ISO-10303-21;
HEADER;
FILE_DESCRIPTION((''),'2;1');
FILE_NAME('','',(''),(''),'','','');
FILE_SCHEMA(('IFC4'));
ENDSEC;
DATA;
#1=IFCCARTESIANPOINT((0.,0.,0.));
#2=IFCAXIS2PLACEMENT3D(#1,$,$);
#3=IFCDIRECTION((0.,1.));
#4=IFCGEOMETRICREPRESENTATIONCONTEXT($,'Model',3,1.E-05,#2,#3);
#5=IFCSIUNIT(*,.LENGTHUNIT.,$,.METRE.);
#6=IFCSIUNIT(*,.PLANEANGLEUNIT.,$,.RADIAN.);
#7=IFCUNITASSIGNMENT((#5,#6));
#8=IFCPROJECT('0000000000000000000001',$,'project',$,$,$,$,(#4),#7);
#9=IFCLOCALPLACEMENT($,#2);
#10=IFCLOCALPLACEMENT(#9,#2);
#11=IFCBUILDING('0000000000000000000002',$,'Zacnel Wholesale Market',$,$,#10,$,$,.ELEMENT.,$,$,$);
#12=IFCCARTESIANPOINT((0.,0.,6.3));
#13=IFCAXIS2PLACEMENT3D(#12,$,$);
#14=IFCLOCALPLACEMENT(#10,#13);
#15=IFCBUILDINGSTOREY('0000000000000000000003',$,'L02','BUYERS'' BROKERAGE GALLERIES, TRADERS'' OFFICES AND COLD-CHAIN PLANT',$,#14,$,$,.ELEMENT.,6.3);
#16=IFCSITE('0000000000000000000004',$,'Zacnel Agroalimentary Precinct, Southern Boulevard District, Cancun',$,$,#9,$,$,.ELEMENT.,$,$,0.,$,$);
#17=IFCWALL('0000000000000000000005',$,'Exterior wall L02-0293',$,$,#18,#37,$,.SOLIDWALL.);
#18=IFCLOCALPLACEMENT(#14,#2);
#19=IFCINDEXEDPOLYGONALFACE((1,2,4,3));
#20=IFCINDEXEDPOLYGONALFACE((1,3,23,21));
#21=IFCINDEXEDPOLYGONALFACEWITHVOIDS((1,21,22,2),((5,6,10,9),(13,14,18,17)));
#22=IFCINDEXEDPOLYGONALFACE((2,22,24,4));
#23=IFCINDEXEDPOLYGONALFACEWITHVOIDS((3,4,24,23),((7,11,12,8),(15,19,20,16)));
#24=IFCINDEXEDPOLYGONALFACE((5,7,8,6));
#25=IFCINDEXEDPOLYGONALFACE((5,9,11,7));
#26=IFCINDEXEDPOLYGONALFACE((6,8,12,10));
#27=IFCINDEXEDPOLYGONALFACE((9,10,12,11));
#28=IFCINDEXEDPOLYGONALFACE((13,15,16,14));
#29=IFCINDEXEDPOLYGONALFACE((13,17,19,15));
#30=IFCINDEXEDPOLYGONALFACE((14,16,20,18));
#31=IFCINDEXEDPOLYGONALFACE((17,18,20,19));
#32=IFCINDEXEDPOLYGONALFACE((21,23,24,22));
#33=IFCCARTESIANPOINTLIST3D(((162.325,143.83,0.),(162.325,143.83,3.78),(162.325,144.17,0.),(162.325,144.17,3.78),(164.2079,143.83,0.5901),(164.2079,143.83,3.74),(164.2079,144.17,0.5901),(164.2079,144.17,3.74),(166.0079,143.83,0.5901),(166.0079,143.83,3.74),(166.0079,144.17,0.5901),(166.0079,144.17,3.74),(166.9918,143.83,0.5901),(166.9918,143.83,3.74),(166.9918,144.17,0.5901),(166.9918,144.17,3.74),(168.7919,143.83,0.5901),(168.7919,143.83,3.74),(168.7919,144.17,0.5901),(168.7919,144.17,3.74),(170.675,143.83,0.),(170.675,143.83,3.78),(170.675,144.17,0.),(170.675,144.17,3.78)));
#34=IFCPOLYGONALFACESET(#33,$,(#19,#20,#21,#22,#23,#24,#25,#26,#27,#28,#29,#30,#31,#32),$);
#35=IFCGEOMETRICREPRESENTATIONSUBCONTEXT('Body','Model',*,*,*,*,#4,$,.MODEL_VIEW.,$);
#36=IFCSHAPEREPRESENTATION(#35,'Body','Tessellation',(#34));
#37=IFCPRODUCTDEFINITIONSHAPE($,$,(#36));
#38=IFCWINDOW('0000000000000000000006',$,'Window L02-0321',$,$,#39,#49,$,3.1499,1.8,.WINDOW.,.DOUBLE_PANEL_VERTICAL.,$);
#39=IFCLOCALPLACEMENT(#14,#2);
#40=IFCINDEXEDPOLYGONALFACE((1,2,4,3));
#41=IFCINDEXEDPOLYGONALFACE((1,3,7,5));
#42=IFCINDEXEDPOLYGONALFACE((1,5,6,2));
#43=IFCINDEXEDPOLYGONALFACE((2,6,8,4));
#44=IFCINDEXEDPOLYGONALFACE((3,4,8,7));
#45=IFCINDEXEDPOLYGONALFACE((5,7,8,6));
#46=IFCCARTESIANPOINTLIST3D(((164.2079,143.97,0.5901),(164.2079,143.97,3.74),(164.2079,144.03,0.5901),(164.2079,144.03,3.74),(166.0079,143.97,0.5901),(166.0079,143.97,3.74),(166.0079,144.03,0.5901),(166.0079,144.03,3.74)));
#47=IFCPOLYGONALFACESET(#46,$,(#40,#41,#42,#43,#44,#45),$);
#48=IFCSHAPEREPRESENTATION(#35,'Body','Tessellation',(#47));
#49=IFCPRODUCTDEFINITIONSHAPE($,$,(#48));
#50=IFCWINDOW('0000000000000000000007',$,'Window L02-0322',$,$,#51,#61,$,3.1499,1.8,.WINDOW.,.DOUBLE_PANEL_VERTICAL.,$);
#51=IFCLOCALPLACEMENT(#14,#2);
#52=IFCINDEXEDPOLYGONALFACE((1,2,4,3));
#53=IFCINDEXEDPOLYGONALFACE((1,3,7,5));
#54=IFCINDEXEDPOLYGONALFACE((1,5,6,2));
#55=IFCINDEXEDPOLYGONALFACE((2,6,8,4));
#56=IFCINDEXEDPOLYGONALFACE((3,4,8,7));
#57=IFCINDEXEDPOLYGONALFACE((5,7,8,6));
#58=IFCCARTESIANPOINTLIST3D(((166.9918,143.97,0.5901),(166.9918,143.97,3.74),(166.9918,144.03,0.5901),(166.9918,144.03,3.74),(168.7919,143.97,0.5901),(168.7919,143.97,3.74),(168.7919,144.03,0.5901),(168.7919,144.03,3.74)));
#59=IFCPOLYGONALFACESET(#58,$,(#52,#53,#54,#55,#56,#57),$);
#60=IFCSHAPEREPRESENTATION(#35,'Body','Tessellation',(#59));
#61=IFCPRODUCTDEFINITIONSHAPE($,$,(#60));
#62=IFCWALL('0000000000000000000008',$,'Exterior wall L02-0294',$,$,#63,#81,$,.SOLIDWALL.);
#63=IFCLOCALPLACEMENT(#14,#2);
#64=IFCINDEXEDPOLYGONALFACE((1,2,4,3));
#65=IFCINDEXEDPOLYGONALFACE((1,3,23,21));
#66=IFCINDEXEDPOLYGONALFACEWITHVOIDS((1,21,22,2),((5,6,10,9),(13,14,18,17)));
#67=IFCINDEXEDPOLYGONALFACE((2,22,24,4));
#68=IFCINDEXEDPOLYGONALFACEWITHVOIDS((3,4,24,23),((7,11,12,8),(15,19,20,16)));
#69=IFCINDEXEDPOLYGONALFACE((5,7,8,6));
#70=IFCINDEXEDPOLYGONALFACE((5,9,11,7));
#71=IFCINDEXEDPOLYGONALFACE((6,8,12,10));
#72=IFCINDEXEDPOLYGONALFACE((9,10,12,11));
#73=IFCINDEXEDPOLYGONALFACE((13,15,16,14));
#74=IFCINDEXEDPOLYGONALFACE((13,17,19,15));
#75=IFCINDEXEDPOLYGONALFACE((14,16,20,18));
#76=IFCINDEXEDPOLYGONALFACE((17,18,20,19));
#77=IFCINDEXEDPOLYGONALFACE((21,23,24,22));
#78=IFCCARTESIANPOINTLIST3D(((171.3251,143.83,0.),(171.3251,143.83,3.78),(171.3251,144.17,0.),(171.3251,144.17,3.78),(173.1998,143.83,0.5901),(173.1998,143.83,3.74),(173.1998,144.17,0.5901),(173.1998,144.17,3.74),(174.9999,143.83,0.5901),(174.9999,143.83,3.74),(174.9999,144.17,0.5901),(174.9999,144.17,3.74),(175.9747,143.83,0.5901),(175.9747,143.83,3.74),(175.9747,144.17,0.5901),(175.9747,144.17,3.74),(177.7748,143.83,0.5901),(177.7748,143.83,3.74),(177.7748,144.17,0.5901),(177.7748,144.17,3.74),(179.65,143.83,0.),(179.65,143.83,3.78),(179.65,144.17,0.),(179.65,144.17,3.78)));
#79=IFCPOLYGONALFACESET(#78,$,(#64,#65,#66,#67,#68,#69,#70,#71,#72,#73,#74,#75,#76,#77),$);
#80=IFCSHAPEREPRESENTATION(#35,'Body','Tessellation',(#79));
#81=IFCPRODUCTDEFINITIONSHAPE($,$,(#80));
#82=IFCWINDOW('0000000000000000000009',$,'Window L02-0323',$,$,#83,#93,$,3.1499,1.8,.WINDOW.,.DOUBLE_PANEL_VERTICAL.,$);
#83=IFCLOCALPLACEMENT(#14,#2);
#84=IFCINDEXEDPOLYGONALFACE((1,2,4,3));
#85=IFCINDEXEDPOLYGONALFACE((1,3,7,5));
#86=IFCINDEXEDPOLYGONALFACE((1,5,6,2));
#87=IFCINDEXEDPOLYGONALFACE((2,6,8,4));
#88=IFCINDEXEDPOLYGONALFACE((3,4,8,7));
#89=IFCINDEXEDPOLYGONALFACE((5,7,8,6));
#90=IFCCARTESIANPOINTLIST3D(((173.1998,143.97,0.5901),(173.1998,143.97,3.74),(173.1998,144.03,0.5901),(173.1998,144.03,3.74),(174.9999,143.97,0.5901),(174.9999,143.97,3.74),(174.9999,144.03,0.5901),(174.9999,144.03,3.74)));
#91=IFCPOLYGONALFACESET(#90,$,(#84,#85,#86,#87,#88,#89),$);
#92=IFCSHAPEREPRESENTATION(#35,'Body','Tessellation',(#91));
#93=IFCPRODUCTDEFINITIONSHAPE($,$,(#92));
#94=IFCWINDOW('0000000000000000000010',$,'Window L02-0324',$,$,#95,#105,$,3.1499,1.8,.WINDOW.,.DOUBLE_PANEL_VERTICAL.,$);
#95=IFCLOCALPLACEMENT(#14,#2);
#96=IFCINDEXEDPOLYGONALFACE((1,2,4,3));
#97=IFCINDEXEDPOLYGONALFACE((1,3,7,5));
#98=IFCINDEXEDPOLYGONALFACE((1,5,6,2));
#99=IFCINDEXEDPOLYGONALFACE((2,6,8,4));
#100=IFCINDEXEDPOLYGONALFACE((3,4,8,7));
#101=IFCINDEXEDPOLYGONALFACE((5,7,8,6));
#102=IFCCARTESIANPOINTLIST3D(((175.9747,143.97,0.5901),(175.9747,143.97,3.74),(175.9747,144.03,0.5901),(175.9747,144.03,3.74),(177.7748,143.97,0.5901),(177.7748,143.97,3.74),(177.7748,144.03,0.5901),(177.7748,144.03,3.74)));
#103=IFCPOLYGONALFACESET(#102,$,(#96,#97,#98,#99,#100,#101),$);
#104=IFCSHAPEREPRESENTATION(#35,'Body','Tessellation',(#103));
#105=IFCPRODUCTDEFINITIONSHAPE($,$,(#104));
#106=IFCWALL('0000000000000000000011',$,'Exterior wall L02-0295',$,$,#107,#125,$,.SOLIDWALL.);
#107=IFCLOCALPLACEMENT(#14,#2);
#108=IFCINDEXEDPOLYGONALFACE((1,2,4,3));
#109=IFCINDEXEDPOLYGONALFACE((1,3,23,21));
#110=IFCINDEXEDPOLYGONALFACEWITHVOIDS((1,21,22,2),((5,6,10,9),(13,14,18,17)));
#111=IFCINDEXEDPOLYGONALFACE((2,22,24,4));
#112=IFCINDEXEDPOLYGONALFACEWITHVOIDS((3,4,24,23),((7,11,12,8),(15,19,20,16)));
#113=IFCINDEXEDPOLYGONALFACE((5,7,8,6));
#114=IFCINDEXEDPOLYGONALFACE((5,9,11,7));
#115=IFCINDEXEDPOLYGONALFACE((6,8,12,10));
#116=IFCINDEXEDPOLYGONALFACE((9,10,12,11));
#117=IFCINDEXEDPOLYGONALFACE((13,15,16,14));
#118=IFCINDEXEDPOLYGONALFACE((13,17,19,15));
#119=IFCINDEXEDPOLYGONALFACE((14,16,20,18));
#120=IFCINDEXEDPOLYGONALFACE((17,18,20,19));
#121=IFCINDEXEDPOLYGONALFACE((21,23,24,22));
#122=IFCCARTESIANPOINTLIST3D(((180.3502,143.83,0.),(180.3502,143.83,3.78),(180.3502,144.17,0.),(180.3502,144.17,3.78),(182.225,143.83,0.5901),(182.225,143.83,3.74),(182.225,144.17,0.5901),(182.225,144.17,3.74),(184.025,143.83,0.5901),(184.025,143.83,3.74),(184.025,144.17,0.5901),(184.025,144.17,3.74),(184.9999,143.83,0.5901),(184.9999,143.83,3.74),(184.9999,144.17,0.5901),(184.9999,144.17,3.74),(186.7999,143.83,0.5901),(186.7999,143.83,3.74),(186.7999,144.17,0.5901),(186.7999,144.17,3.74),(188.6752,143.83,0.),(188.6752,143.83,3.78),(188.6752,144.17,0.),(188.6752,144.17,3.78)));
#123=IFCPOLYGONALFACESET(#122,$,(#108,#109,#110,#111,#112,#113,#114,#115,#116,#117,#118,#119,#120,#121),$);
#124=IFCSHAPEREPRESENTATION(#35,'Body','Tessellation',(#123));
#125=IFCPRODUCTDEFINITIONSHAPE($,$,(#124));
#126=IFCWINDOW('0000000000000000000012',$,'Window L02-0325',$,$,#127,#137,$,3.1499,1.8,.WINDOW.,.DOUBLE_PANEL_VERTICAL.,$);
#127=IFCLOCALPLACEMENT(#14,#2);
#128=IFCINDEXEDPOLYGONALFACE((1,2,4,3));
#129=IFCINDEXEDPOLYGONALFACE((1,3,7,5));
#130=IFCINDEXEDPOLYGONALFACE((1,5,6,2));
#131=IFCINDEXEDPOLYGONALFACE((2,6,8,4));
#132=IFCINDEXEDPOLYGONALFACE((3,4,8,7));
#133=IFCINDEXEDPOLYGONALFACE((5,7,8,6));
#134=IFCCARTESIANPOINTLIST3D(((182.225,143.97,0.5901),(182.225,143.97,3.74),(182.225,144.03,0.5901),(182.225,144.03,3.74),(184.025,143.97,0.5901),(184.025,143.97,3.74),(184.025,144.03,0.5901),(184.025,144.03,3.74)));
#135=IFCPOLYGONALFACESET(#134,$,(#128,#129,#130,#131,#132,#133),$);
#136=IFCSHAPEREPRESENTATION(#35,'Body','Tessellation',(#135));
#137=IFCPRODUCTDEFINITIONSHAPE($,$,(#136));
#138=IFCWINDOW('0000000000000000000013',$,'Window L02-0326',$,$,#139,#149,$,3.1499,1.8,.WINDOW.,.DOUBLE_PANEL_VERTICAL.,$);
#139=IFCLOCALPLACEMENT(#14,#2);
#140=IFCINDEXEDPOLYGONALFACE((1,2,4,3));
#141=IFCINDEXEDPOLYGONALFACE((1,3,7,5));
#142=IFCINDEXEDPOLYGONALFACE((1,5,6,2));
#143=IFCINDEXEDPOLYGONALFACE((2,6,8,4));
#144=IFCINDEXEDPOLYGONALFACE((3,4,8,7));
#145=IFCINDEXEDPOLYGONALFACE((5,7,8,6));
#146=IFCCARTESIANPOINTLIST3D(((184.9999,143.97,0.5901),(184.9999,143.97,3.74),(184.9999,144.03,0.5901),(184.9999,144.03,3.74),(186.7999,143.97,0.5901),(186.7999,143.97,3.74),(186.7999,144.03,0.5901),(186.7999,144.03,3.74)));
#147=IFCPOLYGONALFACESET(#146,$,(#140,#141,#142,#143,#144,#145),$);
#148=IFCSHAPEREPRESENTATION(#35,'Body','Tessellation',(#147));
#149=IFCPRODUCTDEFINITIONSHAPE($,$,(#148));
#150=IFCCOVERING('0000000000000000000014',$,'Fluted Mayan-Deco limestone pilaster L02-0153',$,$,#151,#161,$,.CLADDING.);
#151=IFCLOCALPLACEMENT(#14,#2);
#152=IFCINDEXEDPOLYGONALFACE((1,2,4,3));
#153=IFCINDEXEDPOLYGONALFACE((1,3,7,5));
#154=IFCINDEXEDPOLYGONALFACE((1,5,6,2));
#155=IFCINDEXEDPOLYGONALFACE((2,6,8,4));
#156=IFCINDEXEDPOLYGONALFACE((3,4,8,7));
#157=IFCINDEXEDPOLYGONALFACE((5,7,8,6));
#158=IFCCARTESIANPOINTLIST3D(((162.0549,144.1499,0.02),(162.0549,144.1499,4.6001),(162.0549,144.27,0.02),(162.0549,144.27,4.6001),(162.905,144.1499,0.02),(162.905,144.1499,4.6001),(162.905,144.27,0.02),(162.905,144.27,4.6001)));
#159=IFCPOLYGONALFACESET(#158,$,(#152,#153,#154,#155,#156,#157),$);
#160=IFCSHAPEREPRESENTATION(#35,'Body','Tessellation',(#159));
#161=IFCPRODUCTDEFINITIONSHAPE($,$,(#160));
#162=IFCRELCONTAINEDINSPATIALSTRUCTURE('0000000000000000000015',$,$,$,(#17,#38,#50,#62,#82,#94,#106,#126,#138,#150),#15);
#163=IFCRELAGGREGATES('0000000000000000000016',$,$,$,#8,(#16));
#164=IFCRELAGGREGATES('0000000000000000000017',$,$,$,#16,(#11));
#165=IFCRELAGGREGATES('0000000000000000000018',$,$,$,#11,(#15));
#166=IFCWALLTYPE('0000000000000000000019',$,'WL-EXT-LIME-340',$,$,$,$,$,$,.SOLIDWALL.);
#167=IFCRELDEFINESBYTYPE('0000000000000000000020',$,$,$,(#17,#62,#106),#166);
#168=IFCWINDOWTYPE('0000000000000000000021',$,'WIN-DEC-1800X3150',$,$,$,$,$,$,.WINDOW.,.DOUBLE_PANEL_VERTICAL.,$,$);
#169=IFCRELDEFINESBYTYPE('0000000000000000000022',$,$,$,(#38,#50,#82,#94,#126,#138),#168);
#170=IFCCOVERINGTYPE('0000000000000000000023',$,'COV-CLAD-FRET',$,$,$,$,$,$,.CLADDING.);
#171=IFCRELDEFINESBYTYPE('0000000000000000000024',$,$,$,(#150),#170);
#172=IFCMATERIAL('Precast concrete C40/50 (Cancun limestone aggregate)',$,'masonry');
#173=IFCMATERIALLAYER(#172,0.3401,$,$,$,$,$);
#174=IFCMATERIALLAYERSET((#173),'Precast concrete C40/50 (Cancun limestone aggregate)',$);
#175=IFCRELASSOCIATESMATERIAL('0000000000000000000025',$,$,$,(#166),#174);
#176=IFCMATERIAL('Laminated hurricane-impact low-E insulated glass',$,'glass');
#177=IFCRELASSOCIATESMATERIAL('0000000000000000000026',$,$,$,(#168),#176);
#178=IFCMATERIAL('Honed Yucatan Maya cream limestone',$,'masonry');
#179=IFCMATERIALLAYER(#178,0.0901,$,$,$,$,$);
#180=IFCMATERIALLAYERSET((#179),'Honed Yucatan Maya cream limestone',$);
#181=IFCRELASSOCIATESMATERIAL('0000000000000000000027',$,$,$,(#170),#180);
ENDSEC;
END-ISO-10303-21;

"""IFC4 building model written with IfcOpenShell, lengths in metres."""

from ifc_helpers import new_model, si_unit, direction, frame, frame_2d, origin, origin_2d, place, context, subcontext, project, spatial, rectangle, extrude, material, layer, layer_set, type_object, element, fill, save


model = new_model("IFC4")

# Units and contexts
model_context = context("Model", 3, precision=1e-05, world=origin(), true_north=direction((0.0, 1.0)))
body_context = subcontext(model_context, "Body", "Model", "MODEL_VIEW")
ifc_project = project(units=[si_unit("LENGTHUNIT", "METRE"), si_unit("PLANEANGLEUNIT", "RADIAN")], contexts=[model_context])

# Site, building, storey
site_placement = place(None, origin())
site = spatial("IfcSite", under=ifc_project, at=site_placement, Name="Zacnel Agroalimentary Precinct, Southern Boulevard District, Cancun", CompositionType="ELEMENT", RefElevation=0.0)
building_placement = place(site_placement, origin())
building = spatial("IfcBuilding", under=site, at=building_placement, Name="Zacnel Wholesale Market", CompositionType="ELEMENT")
storey_placement = place(building_placement, frame((0.0, 0.0, 6.3)))
storey = spatial("IfcBuildingStorey", under=building, at=storey_placement, Name="L02", Description="BUYERS' BROKERAGE GALLERIES, TRADERS' OFFICES AND COLD-CHAIN PLANT", CompositionType="ELEMENT", Elevation=6.3)

# Walls, openings, windows
ifc_material_1 = material(Name="Precast concrete C40/50 (Cancun limestone aggregate)", Category="masonry")
ifc_layer_1 = layer(ifc_material_1, 0.3401)
ifc_layer_set_1 = layer_set([ifc_layer_1], Name="Precast concrete C40/50 (Cancun limestone aggregate)")
wall_type_1 = type_object("IfcWallType", Name="WL-EXT-LIME-340", PredefinedType="SOLIDWALL", material=ifc_layer_set_1)
wall_1_placement = place(storey_placement, frame((162.325, 144.0, 0.0), z_axis=(0.0, 0.0, 1.0), x_axis=(1.0, 0.0, 0.0)))
wall_1 = element("IfcWall", 1, at=wall_1_placement, inside=storey, type_object=wall_type_1, Name="Exterior wall L02-0293", PredefinedType="SOLIDWALL", context=body_context, shape_type="SweptSolid", body=[
    extrude(rectangle(XDim=8.3501, YDim=0.3401, at=frame_2d((4.175, 0.0))), origin(), (0.0, 0.0, 1.0), 3.78),
])
opening_1_placement = place(wall_1_placement, frame((1.8831, 0.0, 0.5901)))
opening_1 = element("IfcOpeningElement", 2, at=opening_1_placement, cuts=wall_1, PredefinedType="OPENING", context=body_context, shape_type="SweptSolid", body=[
    extrude(rectangle(XDim=1.8, YDim=3.1499, at=frame_2d((0.8999, 1.575))), frame((0.0, 0.1799, 0.0), z_axis=(0.0, -1.0, 0.0), x_axis=(1.0, 0.0, 0.0)), (0.0, 0.0, 1.0), 0.3601),
])
opening_2_placement = place(wall_1_placement, frame((4.667, 0.0, 0.5901)))
opening_2 = element("IfcOpeningElement", 3, at=opening_2_placement, cuts=wall_1, PredefinedType="OPENING", context=body_context, shape_type="SweptSolid", body=[
    extrude(rectangle(XDim=1.8, YDim=3.1499, at=frame_2d((0.8999, 1.575))), frame((0.0, 0.1799, 0.0), z_axis=(0.0, -1.0, 0.0), x_axis=(1.0, 0.0, 0.0)), (0.0, 0.0, 1.0), 0.3601),
])
ifc_material_2 = material(Name="Laminated hurricane-impact low-E insulated glass", Category="glass")
window_type = type_object("IfcWindowType", Name="WIN-DEC-1800X3150", PartitioningType="DOUBLE_PANEL_VERTICAL", PredefinedType="WINDOW", material=ifc_material_2)
window_1_placement = place(opening_1_placement, origin())
window_1 = element("IfcWindow", 4, at=window_1_placement, inside=storey, type_object=window_type, Name="Window L02-0321", OverallHeight=3.1499, OverallWidth=1.8, PartitioningType="DOUBLE_PANEL_VERTICAL", PredefinedType="WINDOW", context=body_context, shape_type="SweptSolid", body=[
    extrude(rectangle(XDim=1.8, YDim=3.1499, at=frame_2d((0.8999, 1.575))), frame((0.0, 0.03, 0.0), z_axis=(0.0, -1.0, 0.0), x_axis=(1.0, 0.0, 0.0)), (0.0, 0.0, 1.0), 0.0601),
])
fill(opening_1, window_1)
window_2_placement = place(opening_2_placement, origin())
window_2 = element("IfcWindow", 5, at=window_2_placement, inside=storey, type_object=window_type, Name="Window L02-0322", OverallHeight=3.1499, OverallWidth=1.8, PartitioningType="DOUBLE_PANEL_VERTICAL", PredefinedType="WINDOW", context=body_context, shape_type="SweptSolid", body=[
    extrude(rectangle(XDim=1.8, YDim=3.1499, at=frame_2d((0.8999, 1.575))), frame((0.0, 0.03, 0.0), z_axis=(0.0, -1.0, 0.0), x_axis=(1.0, 0.0, 0.0)), (0.0, 0.0, 1.0), 0.0601),
])
fill(opening_2, window_2)
wall_2_placement = place(storey_placement, frame((171.325, 144.0, 0.0), z_axis=(0.0, 0.0, 1.0), x_axis=(1.0, 0.0, 0.0)))
wall_2 = element("IfcWall", 6, at=wall_2_placement, inside=storey, type_object=wall_type_1, Name="Exterior wall L02-0294", PredefinedType="SOLIDWALL", context=body_context, shape_type="SweptSolid", body=[
    extrude(rectangle(XDim=8.325, YDim=0.3401, at=frame_2d((4.1626, 0.0))), origin(), (0.0, 0.0, 1.0), 3.78),
])
opening_3_placement = place(wall_2_placement, frame((1.875, 0.0, 0.5901)))
opening_3 = element("IfcOpeningElement", 7, at=opening_3_placement, cuts=wall_2, PredefinedType="OPENING", context=body_context, shape_type="SweptSolid", body=[
    extrude(rectangle(XDim=1.8, YDim=3.1499, at=frame_2d((0.8999, 1.575))), frame((0.0, 0.1799, 0.0), z_axis=(0.0, -1.0, 0.0), x_axis=(1.0, 0.0, 0.0)), (0.0, 0.0, 1.0), 0.3601),
])
opening_4_placement = place(wall_2_placement, frame((4.6499, 0.0, 0.5901)))
opening_4 = element("IfcOpeningElement", 8, at=opening_4_placement, cuts=wall_2, PredefinedType="OPENING", context=body_context, shape_type="SweptSolid", body=[
    extrude(rectangle(XDim=1.8, YDim=3.1499, at=frame_2d((0.8999, 1.575))), frame((0.0, 0.1799, 0.0), z_axis=(0.0, -1.0, 0.0), x_axis=(1.0, 0.0, 0.0)), (0.0, 0.0, 1.0), 0.3601),
])
window_3_placement = place(opening_3_placement, origin())
window_3 = element("IfcWindow", 9, at=window_3_placement, inside=storey, type_object=window_type, Name="Window L02-0323", OverallHeight=3.1499, OverallWidth=1.8, PartitioningType="DOUBLE_PANEL_VERTICAL", PredefinedType="WINDOW", context=body_context, shape_type="SweptSolid", body=[
    extrude(rectangle(XDim=1.8, YDim=3.1499, at=frame_2d((0.8999, 1.575))), frame((0.0, 0.03, 0.0), z_axis=(0.0, -1.0, 0.0), x_axis=(1.0, 0.0, 0.0)), (0.0, 0.0, 1.0), 0.0601),
])
fill(opening_3, window_3)
window_4_placement = place(opening_4_placement, origin())
window_4 = element("IfcWindow", 10, at=window_4_placement, inside=storey, type_object=window_type, Name="Window L02-0324", OverallHeight=3.1499, OverallWidth=1.8, PartitioningType="DOUBLE_PANEL_VERTICAL", PredefinedType="WINDOW", context=body_context, shape_type="SweptSolid", body=[
    extrude(rectangle(XDim=1.8, YDim=3.1499, at=frame_2d((0.8999, 1.575))), frame((0.0, 0.03, 0.0), z_axis=(0.0, -1.0, 0.0), x_axis=(1.0, 0.0, 0.0)), (0.0, 0.0, 1.0), 0.0601),
])
fill(opening_4, window_4)
wall_3_placement = place(storey_placement, frame((180.3501, 144.0, 0.0), z_axis=(0.0, 0.0, 1.0), x_axis=(1.0, 0.0, 0.0)))
wall_3 = element("IfcWall", 11, at=wall_3_placement, inside=storey, type_object=wall_type_1, Name="Exterior wall L02-0295", PredefinedType="SOLIDWALL", context=body_context, shape_type="SweptSolid", body=[
    extrude(rectangle(XDim=8.325, YDim=0.3401, at=frame_2d((4.1626, 0.0))), origin(), (0.0, 0.0, 1.0), 3.78),
])
opening_5_placement = place(wall_3_placement, frame((1.875, 0.0, 0.5901)))
opening_5 = element("IfcOpeningElement", 12, at=opening_5_placement, cuts=wall_3, PredefinedType="OPENING", context=body_context, shape_type="SweptSolid", body=[
    extrude(rectangle(XDim=1.8, YDim=3.1499, at=frame_2d((0.8999, 1.575))), frame((0.0, 0.1799, 0.0), z_axis=(0.0, -1.0, 0.0), x_axis=(1.0, 0.0, 0.0)), (0.0, 0.0, 1.0), 0.3601),
])
opening_6_placement = place(wall_3_placement, frame((4.6499, 0.0, 0.5901)))
opening_6 = element("IfcOpeningElement", 13, at=opening_6_placement, cuts=wall_3, PredefinedType="OPENING", context=body_context, shape_type="SweptSolid", body=[
    extrude(rectangle(XDim=1.8, YDim=3.1499, at=frame_2d((0.8999, 1.575))), frame((0.0, 0.1799, 0.0), z_axis=(0.0, -1.0, 0.0), x_axis=(1.0, 0.0, 0.0)), (0.0, 0.0, 1.0), 0.3601),
])
window_5_placement = place(opening_5_placement, origin())
window_5 = element("IfcWindow", 14, at=window_5_placement, inside=storey, type_object=window_type, Name="Window L02-0325", OverallHeight=3.1499, OverallWidth=1.8, PartitioningType="DOUBLE_PANEL_VERTICAL", PredefinedType="WINDOW", context=body_context, shape_type="SweptSolid", body=[
    extrude(rectangle(XDim=1.8, YDim=3.1499, at=frame_2d((0.8999, 1.575))), frame((0.0, 0.03, 0.0), z_axis=(0.0, -1.0, 0.0), x_axis=(1.0, 0.0, 0.0)), (0.0, 0.0, 1.0), 0.0601),
])
fill(opening_5, window_5)
window_6_placement = place(opening_6_placement, origin())
window_6 = element("IfcWindow", 15, at=window_6_placement, inside=storey, type_object=window_type, Name="Window L02-0326", OverallHeight=3.1499, OverallWidth=1.8, PartitioningType="DOUBLE_PANEL_VERTICAL", PredefinedType="WINDOW", context=body_context, shape_type="SweptSolid", body=[
    extrude(rectangle(XDim=1.8, YDim=3.1499, at=frame_2d((0.8999, 1.575))), frame((0.0, 0.03, 0.0), z_axis=(0.0, -1.0, 0.0), x_axis=(1.0, 0.0, 0.0)), (0.0, 0.0, 1.0), 0.0601),
])
fill(opening_6, window_6)

# Covering
ifc_material_3 = material(Name="Honed Yucatan Maya cream limestone", Category="masonry")
ifc_layer_2 = layer(ifc_material_3, 0.0901)
ifc_layer_set_2 = layer_set([ifc_layer_2], Name="Honed Yucatan Maya cream limestone")
covering_type = type_object("IfcCoveringType", Name="COV-CLAD-FRET", PredefinedType="CLADDING", material=ifc_layer_set_2)
for number, where, z_axis, x_axis, name in (
    (16, (162.48, 144.21, 0.02), (0.0, 0.0, 1.0), (1.0, 0.0, 0.0), "Fluted Mayan-Deco limestone pilaster L02-0153"),
):
    element("IfcCovering", number, at=place(storey_placement, frame(where, z_axis=z_axis, x_axis=x_axis)), inside=storey, type_object=covering_type, Name=name, PredefinedType="CLADDING", context=body_context, shape_type="SweptSolid", body=[
        extrude(rectangle(XDim=0.8501, YDim=0.1201, at=origin_2d()), origin(), (0.0, 0.0, 1.0), 4.5801),
    ])

save(model, "model.ifc")
